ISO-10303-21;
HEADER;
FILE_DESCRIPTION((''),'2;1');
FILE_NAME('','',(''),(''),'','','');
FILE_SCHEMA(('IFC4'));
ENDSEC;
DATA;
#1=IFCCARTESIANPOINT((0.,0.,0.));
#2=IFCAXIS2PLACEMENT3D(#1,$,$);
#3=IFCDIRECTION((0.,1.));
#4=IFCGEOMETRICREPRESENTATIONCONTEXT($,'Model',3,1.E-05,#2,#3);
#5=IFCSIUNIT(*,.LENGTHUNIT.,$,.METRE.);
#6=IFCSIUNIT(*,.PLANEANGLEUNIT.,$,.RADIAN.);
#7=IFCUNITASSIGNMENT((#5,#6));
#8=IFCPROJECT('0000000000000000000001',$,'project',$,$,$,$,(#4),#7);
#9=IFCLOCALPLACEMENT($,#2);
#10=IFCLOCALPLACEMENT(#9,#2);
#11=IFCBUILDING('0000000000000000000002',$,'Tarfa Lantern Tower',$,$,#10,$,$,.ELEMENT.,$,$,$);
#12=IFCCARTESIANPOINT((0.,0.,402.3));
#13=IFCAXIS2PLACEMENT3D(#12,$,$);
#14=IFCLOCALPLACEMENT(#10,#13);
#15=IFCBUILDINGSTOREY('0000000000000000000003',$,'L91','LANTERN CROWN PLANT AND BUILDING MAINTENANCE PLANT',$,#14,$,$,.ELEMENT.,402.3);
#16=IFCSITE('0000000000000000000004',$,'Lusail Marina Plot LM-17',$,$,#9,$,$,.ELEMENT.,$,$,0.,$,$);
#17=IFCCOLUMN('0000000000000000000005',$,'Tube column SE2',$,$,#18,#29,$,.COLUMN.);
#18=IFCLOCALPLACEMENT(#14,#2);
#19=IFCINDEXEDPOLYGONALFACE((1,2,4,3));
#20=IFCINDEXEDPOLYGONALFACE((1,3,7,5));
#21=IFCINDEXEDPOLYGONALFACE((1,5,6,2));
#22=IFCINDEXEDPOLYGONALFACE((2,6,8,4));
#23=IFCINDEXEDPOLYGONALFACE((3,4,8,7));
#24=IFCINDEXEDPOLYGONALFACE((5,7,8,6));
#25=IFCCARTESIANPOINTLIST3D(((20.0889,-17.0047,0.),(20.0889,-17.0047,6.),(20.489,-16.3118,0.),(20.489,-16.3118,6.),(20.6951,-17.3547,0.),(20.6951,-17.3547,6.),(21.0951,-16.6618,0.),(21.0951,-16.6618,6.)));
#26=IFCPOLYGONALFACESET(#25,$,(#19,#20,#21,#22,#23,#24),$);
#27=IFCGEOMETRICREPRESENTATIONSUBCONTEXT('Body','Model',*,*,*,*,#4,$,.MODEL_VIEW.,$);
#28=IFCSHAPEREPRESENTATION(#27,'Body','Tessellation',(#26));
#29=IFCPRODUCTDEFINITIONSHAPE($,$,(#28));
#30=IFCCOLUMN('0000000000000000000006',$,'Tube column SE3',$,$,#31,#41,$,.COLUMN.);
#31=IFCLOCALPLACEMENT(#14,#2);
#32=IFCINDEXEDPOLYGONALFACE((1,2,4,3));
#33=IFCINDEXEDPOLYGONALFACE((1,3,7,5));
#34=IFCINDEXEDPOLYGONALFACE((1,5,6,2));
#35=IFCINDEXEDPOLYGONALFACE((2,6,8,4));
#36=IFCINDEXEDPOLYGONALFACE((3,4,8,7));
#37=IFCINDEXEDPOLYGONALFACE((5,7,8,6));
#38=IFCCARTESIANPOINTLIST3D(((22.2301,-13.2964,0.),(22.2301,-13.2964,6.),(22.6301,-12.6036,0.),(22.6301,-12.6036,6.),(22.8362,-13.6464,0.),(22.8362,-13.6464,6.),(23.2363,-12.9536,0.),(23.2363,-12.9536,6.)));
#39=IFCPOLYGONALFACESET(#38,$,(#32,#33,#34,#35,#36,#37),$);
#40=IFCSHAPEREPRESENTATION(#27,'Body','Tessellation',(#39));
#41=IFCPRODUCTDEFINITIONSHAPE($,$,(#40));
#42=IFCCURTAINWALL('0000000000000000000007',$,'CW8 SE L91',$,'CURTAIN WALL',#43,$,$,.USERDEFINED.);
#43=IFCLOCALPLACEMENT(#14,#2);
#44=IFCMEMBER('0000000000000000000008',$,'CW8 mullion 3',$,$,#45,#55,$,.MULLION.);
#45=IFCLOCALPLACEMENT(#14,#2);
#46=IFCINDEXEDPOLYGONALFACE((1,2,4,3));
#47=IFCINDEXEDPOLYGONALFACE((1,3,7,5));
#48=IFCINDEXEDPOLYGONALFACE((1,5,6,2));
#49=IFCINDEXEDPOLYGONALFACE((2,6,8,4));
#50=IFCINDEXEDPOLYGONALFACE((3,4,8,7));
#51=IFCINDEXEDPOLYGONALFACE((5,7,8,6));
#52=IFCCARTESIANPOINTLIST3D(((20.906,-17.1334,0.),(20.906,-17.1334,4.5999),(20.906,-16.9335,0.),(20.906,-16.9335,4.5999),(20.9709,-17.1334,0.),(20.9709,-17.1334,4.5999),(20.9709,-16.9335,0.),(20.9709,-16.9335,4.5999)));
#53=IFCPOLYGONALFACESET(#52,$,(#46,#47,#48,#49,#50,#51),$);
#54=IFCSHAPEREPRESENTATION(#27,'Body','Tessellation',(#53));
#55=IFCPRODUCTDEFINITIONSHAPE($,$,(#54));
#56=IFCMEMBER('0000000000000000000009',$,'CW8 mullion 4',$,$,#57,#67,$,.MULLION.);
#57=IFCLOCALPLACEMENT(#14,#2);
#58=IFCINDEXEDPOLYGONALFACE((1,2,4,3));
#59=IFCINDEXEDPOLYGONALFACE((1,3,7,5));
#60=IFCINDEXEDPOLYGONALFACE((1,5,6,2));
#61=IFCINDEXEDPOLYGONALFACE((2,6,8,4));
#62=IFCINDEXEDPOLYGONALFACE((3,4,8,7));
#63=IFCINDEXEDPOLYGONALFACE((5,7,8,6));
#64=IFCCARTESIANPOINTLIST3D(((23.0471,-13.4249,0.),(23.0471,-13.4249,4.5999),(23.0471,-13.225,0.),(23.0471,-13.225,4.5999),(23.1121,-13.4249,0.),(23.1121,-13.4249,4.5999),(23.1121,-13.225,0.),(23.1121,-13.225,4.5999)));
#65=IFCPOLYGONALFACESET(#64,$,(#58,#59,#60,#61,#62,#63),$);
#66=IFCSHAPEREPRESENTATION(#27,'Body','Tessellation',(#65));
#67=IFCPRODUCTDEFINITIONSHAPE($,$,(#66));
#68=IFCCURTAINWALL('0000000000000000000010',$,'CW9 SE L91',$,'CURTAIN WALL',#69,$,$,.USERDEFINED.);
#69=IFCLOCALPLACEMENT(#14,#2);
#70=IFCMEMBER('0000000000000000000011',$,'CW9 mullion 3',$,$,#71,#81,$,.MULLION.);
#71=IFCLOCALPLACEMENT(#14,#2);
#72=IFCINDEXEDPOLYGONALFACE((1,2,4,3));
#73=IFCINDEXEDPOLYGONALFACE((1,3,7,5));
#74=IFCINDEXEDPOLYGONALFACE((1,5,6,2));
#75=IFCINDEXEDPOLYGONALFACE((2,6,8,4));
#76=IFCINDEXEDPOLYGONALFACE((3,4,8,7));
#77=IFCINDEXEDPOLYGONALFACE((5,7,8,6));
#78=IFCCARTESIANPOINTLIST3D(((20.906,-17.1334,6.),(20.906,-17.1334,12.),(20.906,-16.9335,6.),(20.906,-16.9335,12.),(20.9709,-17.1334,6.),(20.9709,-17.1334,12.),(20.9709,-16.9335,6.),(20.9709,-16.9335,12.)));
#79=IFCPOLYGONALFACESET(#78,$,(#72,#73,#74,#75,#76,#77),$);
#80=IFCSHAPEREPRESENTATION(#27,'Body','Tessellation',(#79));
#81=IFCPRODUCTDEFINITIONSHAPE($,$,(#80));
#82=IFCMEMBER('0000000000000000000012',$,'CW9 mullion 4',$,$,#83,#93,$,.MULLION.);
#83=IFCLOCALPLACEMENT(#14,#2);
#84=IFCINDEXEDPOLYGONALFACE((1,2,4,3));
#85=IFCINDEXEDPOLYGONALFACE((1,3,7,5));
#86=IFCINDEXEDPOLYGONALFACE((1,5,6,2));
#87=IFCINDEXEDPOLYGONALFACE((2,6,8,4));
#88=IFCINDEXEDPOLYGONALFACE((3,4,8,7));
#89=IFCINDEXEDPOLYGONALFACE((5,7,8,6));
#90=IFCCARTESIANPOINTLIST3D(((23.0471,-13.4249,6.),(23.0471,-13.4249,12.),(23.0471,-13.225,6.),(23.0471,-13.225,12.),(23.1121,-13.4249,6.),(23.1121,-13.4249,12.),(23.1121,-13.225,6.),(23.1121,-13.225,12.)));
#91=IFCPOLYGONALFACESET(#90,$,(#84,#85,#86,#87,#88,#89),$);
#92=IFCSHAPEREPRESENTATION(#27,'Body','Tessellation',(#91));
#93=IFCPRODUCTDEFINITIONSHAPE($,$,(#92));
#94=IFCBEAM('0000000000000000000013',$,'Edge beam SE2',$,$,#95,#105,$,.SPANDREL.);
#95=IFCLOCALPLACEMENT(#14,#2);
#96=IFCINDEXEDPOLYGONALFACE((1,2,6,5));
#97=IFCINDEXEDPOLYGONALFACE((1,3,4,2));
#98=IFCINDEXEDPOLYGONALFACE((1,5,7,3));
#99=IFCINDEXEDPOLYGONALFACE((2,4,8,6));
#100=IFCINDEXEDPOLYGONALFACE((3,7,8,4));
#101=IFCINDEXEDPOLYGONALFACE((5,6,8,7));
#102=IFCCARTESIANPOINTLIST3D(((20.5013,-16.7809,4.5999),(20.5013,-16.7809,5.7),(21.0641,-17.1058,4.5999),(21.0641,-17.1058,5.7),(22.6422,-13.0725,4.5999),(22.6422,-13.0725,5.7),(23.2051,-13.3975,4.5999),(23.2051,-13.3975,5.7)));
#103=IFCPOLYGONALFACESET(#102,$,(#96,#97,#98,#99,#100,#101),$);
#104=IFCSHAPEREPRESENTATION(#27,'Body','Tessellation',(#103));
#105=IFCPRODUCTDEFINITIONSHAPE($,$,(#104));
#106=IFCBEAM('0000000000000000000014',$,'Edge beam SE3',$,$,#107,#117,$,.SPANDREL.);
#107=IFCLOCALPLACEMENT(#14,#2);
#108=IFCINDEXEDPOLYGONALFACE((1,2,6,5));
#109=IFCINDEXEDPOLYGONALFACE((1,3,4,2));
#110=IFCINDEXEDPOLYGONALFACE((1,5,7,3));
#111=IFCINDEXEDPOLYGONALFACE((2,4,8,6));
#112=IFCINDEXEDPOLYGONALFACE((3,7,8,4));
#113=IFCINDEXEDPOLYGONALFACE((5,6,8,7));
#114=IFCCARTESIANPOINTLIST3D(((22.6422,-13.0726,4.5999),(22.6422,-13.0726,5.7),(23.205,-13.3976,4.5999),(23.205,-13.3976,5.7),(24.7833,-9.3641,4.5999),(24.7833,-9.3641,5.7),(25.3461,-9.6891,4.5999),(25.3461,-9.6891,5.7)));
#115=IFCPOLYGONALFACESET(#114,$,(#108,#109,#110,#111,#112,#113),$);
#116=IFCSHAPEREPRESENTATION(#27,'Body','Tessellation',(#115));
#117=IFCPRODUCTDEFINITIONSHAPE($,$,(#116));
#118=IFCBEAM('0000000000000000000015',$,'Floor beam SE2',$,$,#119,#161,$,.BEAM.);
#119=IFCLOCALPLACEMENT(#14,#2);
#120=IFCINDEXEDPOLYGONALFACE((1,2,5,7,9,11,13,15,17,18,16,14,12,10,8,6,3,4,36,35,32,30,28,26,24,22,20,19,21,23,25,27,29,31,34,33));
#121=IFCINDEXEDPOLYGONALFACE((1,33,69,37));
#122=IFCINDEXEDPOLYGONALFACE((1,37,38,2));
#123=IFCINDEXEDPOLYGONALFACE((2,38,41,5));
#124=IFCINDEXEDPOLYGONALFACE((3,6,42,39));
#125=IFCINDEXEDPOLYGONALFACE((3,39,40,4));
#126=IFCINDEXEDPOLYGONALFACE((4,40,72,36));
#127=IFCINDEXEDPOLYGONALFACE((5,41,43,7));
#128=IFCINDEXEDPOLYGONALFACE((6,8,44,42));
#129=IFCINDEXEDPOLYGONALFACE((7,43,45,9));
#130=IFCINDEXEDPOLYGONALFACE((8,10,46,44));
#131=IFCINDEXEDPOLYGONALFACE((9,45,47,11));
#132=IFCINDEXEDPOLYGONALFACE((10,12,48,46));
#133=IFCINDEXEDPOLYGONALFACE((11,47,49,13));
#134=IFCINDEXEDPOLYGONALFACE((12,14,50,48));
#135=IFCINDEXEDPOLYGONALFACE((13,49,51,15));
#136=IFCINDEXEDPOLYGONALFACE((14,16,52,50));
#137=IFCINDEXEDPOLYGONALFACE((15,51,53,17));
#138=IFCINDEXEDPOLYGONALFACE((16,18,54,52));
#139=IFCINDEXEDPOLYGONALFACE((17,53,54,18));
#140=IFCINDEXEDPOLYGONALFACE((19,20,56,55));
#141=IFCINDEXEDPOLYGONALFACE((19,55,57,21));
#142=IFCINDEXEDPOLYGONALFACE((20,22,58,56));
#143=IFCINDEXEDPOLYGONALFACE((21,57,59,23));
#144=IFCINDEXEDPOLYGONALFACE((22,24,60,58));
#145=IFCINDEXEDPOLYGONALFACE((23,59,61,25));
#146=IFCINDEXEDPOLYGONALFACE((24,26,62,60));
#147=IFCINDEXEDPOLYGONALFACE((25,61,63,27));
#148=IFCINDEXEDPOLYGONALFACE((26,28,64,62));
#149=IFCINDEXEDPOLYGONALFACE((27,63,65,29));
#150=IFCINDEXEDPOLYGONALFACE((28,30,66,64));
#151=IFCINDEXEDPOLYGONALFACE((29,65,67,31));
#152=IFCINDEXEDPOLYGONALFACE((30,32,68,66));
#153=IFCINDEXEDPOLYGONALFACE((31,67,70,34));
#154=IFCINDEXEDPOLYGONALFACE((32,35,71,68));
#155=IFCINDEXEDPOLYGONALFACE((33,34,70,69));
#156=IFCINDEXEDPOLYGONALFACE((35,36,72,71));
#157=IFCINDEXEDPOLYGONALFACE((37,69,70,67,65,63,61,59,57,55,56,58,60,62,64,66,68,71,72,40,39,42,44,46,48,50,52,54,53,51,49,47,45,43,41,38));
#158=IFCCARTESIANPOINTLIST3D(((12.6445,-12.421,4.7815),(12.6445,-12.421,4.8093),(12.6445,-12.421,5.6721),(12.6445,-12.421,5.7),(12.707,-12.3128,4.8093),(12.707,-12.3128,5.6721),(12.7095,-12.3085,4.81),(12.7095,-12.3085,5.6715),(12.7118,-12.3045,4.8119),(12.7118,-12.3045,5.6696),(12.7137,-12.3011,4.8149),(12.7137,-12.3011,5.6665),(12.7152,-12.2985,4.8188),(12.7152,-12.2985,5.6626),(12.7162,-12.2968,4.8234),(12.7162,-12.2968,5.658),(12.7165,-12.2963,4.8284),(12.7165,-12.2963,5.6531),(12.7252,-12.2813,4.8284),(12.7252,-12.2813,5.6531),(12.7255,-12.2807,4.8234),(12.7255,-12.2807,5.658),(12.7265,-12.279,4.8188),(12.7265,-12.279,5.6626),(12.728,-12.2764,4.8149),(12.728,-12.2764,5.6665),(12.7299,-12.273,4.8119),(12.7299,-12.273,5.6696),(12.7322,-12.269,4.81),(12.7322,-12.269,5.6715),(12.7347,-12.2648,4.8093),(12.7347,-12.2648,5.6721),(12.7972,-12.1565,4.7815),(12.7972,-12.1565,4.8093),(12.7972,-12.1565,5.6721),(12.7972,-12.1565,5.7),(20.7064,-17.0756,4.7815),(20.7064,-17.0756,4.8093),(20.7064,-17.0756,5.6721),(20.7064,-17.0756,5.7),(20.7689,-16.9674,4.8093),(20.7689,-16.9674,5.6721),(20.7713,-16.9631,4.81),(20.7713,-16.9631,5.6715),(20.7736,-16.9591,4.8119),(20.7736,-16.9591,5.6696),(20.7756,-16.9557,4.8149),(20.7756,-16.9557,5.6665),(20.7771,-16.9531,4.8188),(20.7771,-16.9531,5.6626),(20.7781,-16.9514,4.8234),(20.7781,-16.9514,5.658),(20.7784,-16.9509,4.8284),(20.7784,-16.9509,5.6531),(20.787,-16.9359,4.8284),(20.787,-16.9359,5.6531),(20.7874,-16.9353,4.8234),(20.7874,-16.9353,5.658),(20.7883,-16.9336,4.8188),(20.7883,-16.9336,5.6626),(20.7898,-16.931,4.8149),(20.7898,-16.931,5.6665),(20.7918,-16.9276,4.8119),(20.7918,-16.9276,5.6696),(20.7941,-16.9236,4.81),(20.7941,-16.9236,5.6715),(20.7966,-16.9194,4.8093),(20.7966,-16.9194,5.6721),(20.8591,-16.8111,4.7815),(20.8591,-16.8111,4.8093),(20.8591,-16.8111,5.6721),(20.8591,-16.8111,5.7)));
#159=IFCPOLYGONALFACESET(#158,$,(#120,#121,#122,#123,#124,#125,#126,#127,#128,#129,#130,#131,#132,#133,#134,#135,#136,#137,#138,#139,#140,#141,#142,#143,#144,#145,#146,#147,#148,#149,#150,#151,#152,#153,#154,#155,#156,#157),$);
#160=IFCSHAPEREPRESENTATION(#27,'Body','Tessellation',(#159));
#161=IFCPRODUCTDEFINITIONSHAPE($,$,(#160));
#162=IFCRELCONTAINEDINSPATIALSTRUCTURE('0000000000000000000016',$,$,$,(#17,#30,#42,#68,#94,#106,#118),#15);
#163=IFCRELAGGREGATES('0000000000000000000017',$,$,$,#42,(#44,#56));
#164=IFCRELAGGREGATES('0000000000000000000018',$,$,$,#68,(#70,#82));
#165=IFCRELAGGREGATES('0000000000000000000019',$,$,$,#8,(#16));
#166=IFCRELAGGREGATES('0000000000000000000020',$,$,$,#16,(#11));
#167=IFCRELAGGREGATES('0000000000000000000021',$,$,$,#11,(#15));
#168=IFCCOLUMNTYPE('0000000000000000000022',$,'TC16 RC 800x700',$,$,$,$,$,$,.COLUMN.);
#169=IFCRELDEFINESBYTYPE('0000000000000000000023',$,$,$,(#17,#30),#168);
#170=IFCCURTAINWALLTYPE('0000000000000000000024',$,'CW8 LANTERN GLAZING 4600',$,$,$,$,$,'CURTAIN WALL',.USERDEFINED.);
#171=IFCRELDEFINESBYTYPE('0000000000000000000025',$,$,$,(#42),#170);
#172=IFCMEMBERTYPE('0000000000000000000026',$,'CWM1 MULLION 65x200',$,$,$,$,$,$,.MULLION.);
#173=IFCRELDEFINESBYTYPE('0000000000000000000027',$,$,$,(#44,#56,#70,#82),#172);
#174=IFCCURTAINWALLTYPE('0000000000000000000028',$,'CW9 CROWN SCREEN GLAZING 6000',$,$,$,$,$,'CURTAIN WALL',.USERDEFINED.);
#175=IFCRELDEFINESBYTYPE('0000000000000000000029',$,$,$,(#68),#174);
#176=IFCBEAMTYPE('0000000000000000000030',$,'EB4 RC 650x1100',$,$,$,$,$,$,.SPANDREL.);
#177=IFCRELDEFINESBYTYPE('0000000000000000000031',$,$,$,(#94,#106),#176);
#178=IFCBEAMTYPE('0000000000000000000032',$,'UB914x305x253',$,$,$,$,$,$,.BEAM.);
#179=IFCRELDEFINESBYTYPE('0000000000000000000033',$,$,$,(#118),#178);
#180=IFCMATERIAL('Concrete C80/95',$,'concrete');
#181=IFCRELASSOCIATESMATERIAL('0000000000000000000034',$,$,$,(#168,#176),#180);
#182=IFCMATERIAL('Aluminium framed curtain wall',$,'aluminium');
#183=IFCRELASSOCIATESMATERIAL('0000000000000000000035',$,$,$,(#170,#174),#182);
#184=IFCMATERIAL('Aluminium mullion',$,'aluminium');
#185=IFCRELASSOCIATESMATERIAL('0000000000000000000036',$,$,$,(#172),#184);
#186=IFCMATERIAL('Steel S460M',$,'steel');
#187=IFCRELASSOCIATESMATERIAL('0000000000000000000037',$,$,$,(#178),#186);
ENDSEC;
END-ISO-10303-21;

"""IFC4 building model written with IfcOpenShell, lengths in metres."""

from ifc_helpers import new_model, si_unit, direction, frame, origin, origin_2d, place, context, subcontext, project, spatial, rectangle, i_section, extrude, material, material_profile, profile_set, type_object, element, aggregate, save


model = new_model("IFC4")

# Units and contexts
model_context = context("Model", 3, precision=1e-05, world=origin(), true_north=direction((0.0, 1.0)))
body_context = subcontext(model_context, "Body", "Model", "MODEL_VIEW")
ifc_project = project(units=[si_unit("LENGTHUNIT", "METRE"), si_unit("PLANEANGLEUNIT", "RADIAN")], contexts=[model_context])

# Site, building, storey
site_placement = place(None, origin())
site = spatial("IfcSite", under=ifc_project, at=site_placement, Name="Lusail Marina Plot LM-17", CompositionType="ELEMENT", RefElevation=0.0)
building_placement = place(site_placement, origin())
building = spatial("IfcBuilding", under=site, at=building_placement, Name="Tarfa Lantern Tower", CompositionType="ELEMENT")
storey_placement = place(building_placement, frame((0.0, 0.0, 402.3)))
storey = spatial("IfcBuildingStorey", under=building, at=storey_placement, Name="L91", Description="LANTERN CROWN PLANT AND BUILDING MAINTENANCE PLANT", CompositionType="ELEMENT", Elevation=402.3)

# Columns
ifc_material_1 = material(Name="Concrete C80/95", Category="concrete")
ifc_material_profile_1 = material_profile(ifc_material_1, rectangle(XDim=0.8, YDim=0.7, at=origin_2d()), Name="RC 800x700")
ifc_profile_set_1 = profile_set([ifc_material_profile_1], Name="Concrete C80/95")
column_type = type_object("IfcColumnType", Name="TC16 RC 800x700", PredefinedType="COLUMN", material=ifc_profile_set_1)
for number, where, z_axis, x_axis, name in (
    (1, (20.592, -16.8333, 0.0), (0.0, 0.0, 1.0), (0.5, 0.866025, 0.0), "Tube column SE2"),
    (2, (22.7332, -13.125, 0.0), (0.0, 0.0, 1.0), (0.5, 0.866025, 0.0), "Tube column SE3"),
):
    element("IfcColumn", number, at=place(storey_placement, frame(where, z_axis=z_axis, x_axis=x_axis)), inside=storey, type_object=column_type, Name=name, PredefinedType="COLUMN", context=body_context, shape_type="SweptSolid", body=[
        extrude(rectangle(XDim=0.8, YDim=0.7, at=origin_2d()), origin(), (0.0, 0.0, 1.0), 6.0),
    ])

# Curtain walls, members
ifc_material_2 = material(Name="Aluminium framed curtain wall", Category="aluminium")
curtain_wall_type_1 = type_object("IfcCurtainWallType", Name="CW8 LANTERN GLAZING 4600", ElementType="CURTAIN WALL", PredefinedType="USERDEFINED", material=ifc_material_2)
curtain_wall_1_placement = place(storey_placement, origin())
curtain_wall_1 = element("IfcCurtainWall", 3, at=curtain_wall_1_placement, inside=storey, type_object=curtain_wall_type_1, Name="CW8 SE L91", ObjectType="CURTAIN WALL", PredefinedType="USERDEFINED")
ifc_material_3 = material(Name="Aluminium mullion", Category="aluminium")
ifc_material_profile_2 = material_profile(ifc_material_3, rectangle(XDim=0.0649, YDim=0.2, at=origin_2d()), Name="AL MULLION 65x200")
ifc_profile_set_2 = profile_set([ifc_material_profile_2], Name="Aluminium mullion")
member_type = type_object("IfcMemberType", Name="CWM1 MULLION 65x200", PredefinedType="MULLION", material=ifc_profile_set_2)
member_1_placement = place(storey_placement, frame((20.9385, -17.0334, 0.0), z_axis=(0.0, 0.0, 1.0), x_axis=(1.0, 0.0, 0.0)))
member_1 = element("IfcMember", 4, at=member_1_placement, type_object=member_type, Name="CW8 mullion 3", PredefinedType="MULLION", context=body_context, shape_type="SweptSolid", body=[
    extrude(rectangle(XDim=0.0649, YDim=0.2, at=origin_2d()), origin(), (0.0, 0.0, 1.0), 4.5999),
])
member_2_placement = place(storey_placement, frame((23.0796, -13.325, 0.0), z_axis=(0.0, 0.0, 1.0), x_axis=(1.0, 0.0, 0.0)))
member_2 = element("IfcMember", 5, at=member_2_placement, type_object=member_type, Name="CW8 mullion 4", PredefinedType="MULLION", context=body_context, shape_type="SweptSolid", body=[
    extrude(rectangle(XDim=0.0649, YDim=0.2, at=origin_2d()), origin(), (0.0, 0.0, 1.0), 4.5999),
])
curtain_wall_type_2 = type_object("IfcCurtainWallType", Name="CW9 CROWN SCREEN GLAZING 6000", ElementType="CURTAIN WALL", PredefinedType="USERDEFINED", material=ifc_material_2)
curtain_wall_2_placement = place(storey_placement, origin())
curtain_wall_2 = element("IfcCurtainWall", 6, at=curtain_wall_2_placement, inside=storey, type_object=curtain_wall_type_2, Name="CW9 SE L91", ObjectType="CURTAIN WALL", PredefinedType="USERDEFINED")
member_3_placement = place(storey_placement, frame((20.9385, -17.0334, 6.0), z_axis=(0.0, 0.0, 1.0), x_axis=(1.0, 0.0, 0.0)))
member_3 = element("IfcMember", 7, at=member_3_placement, type_object=member_type, Name="CW9 mullion 3", PredefinedType="MULLION", context=body_context, shape_type="SweptSolid", body=[
    extrude(rectangle(XDim=0.0649, YDim=0.2, at=origin_2d()), origin(), (0.0, 0.0, 1.0), 6.0),
])
member_4_placement = place(storey_placement, frame((23.0796, -13.325, 6.0), z_axis=(0.0, 0.0, 1.0), x_axis=(1.0, 0.0, 0.0)))
member_4 = element("IfcMember", 8, at=member_4_placement, type_object=member_type, Name="CW9 mullion 4", PredefinedType="MULLION", context=body_context, shape_type="SweptSolid", body=[
    extrude(rectangle(XDim=0.0649, YDim=0.2, at=origin_2d()), origin(), (0.0, 0.0, 1.0), 6.0),
])

# Beams
ifc_material_profile_3 = material_profile(ifc_material_1, rectangle(XDim=0.6499, YDim=1.1001, at=origin_2d()), Name="RC 650x1100")
ifc_profile_set_3 = profile_set([ifc_material_profile_3], Name="Concrete C80/95")
beam_type_1 = type_object("IfcBeamType", Name="EB4 RC 650x1100", PredefinedType="SPANDREL", material=ifc_profile_set_3)
beam_1_placement = place(storey_placement, frame((20.7827, -16.9434, 5.1499), z_axis=(0.499984, 0.866035, 0.0), x_axis=(-0.866035, 0.499984, 0.0)))
element("IfcBeam", 9, at=beam_1_placement, inside=storey, type_object=beam_type_1, Name="Edge beam SE2", PredefinedType="SPANDREL", context=body_context, shape_type="SweptSolid", body=[
    extrude(rectangle(XDim=0.6499, YDim=1.1001, at=origin_2d()), origin(), (0.0, 0.0, 1.0), 4.282),
])
beam_2_placement = place(storey_placement, frame((22.9236, -13.2351, 5.1499), z_axis=(0.500002, 0.866024, 0.0), x_axis=(-0.866024, 0.500002, 0.0)))
element("IfcBeam", 10, at=beam_2_placement, inside=storey, type_object=beam_type_1, Name="Edge beam SE3", PredefinedType="SPANDREL", context=body_context, shape_type="SweptSolid", body=[
    extrude(rectangle(XDim=0.6499, YDim=1.1001, at=origin_2d()), origin(), (0.0, 0.0, 1.0), 4.2822),
])
ifc_material_4 = material(Name="Steel S460M", Category="steel")
ifc_material_profile_4 = material_profile(ifc_material_4, i_section(OverallWidth=0.3054, OverallDepth=0.9185, WebThickness=0.0173, FlangeThickness=0.0278, FilletRadius=0.019, at=origin_2d()), Name="UB914x305x253")
ifc_profile_set_4 = profile_set([ifc_material_profile_4], Name="Steel S460M")
beam_type_2 = type_object("IfcBeamType", Name="UB914x305x253", PredefinedType="BEAM", material=ifc_profile_set_4)
beam_3_placement = place(storey_placement, frame((20.7827, -16.9434, 5.2407), z_axis=(-0.866022, 0.500006, 0.0), x_axis=(-0.500006, -0.866022, 0.0)))
element("IfcBeam", 11, at=beam_3_placement, inside=storey, type_object=beam_type_2, Name="Floor beam SE2", PredefinedType="BEAM", context=body_context, shape_type="SweptSolid", body=[
    extrude(i_section(OverallWidth=0.3054, OverallDepth=0.9185, WebThickness=0.0173, FlangeThickness=0.0278, FilletRadius=0.019, at=origin_2d()), origin(), (0.0, 0.0, 1.0), 9.3091),
])

aggregate(curtain_wall_1, [member_1, member_2])
aggregate(curtain_wall_2, [member_3, member_4])

save(model, "model.ifc")
